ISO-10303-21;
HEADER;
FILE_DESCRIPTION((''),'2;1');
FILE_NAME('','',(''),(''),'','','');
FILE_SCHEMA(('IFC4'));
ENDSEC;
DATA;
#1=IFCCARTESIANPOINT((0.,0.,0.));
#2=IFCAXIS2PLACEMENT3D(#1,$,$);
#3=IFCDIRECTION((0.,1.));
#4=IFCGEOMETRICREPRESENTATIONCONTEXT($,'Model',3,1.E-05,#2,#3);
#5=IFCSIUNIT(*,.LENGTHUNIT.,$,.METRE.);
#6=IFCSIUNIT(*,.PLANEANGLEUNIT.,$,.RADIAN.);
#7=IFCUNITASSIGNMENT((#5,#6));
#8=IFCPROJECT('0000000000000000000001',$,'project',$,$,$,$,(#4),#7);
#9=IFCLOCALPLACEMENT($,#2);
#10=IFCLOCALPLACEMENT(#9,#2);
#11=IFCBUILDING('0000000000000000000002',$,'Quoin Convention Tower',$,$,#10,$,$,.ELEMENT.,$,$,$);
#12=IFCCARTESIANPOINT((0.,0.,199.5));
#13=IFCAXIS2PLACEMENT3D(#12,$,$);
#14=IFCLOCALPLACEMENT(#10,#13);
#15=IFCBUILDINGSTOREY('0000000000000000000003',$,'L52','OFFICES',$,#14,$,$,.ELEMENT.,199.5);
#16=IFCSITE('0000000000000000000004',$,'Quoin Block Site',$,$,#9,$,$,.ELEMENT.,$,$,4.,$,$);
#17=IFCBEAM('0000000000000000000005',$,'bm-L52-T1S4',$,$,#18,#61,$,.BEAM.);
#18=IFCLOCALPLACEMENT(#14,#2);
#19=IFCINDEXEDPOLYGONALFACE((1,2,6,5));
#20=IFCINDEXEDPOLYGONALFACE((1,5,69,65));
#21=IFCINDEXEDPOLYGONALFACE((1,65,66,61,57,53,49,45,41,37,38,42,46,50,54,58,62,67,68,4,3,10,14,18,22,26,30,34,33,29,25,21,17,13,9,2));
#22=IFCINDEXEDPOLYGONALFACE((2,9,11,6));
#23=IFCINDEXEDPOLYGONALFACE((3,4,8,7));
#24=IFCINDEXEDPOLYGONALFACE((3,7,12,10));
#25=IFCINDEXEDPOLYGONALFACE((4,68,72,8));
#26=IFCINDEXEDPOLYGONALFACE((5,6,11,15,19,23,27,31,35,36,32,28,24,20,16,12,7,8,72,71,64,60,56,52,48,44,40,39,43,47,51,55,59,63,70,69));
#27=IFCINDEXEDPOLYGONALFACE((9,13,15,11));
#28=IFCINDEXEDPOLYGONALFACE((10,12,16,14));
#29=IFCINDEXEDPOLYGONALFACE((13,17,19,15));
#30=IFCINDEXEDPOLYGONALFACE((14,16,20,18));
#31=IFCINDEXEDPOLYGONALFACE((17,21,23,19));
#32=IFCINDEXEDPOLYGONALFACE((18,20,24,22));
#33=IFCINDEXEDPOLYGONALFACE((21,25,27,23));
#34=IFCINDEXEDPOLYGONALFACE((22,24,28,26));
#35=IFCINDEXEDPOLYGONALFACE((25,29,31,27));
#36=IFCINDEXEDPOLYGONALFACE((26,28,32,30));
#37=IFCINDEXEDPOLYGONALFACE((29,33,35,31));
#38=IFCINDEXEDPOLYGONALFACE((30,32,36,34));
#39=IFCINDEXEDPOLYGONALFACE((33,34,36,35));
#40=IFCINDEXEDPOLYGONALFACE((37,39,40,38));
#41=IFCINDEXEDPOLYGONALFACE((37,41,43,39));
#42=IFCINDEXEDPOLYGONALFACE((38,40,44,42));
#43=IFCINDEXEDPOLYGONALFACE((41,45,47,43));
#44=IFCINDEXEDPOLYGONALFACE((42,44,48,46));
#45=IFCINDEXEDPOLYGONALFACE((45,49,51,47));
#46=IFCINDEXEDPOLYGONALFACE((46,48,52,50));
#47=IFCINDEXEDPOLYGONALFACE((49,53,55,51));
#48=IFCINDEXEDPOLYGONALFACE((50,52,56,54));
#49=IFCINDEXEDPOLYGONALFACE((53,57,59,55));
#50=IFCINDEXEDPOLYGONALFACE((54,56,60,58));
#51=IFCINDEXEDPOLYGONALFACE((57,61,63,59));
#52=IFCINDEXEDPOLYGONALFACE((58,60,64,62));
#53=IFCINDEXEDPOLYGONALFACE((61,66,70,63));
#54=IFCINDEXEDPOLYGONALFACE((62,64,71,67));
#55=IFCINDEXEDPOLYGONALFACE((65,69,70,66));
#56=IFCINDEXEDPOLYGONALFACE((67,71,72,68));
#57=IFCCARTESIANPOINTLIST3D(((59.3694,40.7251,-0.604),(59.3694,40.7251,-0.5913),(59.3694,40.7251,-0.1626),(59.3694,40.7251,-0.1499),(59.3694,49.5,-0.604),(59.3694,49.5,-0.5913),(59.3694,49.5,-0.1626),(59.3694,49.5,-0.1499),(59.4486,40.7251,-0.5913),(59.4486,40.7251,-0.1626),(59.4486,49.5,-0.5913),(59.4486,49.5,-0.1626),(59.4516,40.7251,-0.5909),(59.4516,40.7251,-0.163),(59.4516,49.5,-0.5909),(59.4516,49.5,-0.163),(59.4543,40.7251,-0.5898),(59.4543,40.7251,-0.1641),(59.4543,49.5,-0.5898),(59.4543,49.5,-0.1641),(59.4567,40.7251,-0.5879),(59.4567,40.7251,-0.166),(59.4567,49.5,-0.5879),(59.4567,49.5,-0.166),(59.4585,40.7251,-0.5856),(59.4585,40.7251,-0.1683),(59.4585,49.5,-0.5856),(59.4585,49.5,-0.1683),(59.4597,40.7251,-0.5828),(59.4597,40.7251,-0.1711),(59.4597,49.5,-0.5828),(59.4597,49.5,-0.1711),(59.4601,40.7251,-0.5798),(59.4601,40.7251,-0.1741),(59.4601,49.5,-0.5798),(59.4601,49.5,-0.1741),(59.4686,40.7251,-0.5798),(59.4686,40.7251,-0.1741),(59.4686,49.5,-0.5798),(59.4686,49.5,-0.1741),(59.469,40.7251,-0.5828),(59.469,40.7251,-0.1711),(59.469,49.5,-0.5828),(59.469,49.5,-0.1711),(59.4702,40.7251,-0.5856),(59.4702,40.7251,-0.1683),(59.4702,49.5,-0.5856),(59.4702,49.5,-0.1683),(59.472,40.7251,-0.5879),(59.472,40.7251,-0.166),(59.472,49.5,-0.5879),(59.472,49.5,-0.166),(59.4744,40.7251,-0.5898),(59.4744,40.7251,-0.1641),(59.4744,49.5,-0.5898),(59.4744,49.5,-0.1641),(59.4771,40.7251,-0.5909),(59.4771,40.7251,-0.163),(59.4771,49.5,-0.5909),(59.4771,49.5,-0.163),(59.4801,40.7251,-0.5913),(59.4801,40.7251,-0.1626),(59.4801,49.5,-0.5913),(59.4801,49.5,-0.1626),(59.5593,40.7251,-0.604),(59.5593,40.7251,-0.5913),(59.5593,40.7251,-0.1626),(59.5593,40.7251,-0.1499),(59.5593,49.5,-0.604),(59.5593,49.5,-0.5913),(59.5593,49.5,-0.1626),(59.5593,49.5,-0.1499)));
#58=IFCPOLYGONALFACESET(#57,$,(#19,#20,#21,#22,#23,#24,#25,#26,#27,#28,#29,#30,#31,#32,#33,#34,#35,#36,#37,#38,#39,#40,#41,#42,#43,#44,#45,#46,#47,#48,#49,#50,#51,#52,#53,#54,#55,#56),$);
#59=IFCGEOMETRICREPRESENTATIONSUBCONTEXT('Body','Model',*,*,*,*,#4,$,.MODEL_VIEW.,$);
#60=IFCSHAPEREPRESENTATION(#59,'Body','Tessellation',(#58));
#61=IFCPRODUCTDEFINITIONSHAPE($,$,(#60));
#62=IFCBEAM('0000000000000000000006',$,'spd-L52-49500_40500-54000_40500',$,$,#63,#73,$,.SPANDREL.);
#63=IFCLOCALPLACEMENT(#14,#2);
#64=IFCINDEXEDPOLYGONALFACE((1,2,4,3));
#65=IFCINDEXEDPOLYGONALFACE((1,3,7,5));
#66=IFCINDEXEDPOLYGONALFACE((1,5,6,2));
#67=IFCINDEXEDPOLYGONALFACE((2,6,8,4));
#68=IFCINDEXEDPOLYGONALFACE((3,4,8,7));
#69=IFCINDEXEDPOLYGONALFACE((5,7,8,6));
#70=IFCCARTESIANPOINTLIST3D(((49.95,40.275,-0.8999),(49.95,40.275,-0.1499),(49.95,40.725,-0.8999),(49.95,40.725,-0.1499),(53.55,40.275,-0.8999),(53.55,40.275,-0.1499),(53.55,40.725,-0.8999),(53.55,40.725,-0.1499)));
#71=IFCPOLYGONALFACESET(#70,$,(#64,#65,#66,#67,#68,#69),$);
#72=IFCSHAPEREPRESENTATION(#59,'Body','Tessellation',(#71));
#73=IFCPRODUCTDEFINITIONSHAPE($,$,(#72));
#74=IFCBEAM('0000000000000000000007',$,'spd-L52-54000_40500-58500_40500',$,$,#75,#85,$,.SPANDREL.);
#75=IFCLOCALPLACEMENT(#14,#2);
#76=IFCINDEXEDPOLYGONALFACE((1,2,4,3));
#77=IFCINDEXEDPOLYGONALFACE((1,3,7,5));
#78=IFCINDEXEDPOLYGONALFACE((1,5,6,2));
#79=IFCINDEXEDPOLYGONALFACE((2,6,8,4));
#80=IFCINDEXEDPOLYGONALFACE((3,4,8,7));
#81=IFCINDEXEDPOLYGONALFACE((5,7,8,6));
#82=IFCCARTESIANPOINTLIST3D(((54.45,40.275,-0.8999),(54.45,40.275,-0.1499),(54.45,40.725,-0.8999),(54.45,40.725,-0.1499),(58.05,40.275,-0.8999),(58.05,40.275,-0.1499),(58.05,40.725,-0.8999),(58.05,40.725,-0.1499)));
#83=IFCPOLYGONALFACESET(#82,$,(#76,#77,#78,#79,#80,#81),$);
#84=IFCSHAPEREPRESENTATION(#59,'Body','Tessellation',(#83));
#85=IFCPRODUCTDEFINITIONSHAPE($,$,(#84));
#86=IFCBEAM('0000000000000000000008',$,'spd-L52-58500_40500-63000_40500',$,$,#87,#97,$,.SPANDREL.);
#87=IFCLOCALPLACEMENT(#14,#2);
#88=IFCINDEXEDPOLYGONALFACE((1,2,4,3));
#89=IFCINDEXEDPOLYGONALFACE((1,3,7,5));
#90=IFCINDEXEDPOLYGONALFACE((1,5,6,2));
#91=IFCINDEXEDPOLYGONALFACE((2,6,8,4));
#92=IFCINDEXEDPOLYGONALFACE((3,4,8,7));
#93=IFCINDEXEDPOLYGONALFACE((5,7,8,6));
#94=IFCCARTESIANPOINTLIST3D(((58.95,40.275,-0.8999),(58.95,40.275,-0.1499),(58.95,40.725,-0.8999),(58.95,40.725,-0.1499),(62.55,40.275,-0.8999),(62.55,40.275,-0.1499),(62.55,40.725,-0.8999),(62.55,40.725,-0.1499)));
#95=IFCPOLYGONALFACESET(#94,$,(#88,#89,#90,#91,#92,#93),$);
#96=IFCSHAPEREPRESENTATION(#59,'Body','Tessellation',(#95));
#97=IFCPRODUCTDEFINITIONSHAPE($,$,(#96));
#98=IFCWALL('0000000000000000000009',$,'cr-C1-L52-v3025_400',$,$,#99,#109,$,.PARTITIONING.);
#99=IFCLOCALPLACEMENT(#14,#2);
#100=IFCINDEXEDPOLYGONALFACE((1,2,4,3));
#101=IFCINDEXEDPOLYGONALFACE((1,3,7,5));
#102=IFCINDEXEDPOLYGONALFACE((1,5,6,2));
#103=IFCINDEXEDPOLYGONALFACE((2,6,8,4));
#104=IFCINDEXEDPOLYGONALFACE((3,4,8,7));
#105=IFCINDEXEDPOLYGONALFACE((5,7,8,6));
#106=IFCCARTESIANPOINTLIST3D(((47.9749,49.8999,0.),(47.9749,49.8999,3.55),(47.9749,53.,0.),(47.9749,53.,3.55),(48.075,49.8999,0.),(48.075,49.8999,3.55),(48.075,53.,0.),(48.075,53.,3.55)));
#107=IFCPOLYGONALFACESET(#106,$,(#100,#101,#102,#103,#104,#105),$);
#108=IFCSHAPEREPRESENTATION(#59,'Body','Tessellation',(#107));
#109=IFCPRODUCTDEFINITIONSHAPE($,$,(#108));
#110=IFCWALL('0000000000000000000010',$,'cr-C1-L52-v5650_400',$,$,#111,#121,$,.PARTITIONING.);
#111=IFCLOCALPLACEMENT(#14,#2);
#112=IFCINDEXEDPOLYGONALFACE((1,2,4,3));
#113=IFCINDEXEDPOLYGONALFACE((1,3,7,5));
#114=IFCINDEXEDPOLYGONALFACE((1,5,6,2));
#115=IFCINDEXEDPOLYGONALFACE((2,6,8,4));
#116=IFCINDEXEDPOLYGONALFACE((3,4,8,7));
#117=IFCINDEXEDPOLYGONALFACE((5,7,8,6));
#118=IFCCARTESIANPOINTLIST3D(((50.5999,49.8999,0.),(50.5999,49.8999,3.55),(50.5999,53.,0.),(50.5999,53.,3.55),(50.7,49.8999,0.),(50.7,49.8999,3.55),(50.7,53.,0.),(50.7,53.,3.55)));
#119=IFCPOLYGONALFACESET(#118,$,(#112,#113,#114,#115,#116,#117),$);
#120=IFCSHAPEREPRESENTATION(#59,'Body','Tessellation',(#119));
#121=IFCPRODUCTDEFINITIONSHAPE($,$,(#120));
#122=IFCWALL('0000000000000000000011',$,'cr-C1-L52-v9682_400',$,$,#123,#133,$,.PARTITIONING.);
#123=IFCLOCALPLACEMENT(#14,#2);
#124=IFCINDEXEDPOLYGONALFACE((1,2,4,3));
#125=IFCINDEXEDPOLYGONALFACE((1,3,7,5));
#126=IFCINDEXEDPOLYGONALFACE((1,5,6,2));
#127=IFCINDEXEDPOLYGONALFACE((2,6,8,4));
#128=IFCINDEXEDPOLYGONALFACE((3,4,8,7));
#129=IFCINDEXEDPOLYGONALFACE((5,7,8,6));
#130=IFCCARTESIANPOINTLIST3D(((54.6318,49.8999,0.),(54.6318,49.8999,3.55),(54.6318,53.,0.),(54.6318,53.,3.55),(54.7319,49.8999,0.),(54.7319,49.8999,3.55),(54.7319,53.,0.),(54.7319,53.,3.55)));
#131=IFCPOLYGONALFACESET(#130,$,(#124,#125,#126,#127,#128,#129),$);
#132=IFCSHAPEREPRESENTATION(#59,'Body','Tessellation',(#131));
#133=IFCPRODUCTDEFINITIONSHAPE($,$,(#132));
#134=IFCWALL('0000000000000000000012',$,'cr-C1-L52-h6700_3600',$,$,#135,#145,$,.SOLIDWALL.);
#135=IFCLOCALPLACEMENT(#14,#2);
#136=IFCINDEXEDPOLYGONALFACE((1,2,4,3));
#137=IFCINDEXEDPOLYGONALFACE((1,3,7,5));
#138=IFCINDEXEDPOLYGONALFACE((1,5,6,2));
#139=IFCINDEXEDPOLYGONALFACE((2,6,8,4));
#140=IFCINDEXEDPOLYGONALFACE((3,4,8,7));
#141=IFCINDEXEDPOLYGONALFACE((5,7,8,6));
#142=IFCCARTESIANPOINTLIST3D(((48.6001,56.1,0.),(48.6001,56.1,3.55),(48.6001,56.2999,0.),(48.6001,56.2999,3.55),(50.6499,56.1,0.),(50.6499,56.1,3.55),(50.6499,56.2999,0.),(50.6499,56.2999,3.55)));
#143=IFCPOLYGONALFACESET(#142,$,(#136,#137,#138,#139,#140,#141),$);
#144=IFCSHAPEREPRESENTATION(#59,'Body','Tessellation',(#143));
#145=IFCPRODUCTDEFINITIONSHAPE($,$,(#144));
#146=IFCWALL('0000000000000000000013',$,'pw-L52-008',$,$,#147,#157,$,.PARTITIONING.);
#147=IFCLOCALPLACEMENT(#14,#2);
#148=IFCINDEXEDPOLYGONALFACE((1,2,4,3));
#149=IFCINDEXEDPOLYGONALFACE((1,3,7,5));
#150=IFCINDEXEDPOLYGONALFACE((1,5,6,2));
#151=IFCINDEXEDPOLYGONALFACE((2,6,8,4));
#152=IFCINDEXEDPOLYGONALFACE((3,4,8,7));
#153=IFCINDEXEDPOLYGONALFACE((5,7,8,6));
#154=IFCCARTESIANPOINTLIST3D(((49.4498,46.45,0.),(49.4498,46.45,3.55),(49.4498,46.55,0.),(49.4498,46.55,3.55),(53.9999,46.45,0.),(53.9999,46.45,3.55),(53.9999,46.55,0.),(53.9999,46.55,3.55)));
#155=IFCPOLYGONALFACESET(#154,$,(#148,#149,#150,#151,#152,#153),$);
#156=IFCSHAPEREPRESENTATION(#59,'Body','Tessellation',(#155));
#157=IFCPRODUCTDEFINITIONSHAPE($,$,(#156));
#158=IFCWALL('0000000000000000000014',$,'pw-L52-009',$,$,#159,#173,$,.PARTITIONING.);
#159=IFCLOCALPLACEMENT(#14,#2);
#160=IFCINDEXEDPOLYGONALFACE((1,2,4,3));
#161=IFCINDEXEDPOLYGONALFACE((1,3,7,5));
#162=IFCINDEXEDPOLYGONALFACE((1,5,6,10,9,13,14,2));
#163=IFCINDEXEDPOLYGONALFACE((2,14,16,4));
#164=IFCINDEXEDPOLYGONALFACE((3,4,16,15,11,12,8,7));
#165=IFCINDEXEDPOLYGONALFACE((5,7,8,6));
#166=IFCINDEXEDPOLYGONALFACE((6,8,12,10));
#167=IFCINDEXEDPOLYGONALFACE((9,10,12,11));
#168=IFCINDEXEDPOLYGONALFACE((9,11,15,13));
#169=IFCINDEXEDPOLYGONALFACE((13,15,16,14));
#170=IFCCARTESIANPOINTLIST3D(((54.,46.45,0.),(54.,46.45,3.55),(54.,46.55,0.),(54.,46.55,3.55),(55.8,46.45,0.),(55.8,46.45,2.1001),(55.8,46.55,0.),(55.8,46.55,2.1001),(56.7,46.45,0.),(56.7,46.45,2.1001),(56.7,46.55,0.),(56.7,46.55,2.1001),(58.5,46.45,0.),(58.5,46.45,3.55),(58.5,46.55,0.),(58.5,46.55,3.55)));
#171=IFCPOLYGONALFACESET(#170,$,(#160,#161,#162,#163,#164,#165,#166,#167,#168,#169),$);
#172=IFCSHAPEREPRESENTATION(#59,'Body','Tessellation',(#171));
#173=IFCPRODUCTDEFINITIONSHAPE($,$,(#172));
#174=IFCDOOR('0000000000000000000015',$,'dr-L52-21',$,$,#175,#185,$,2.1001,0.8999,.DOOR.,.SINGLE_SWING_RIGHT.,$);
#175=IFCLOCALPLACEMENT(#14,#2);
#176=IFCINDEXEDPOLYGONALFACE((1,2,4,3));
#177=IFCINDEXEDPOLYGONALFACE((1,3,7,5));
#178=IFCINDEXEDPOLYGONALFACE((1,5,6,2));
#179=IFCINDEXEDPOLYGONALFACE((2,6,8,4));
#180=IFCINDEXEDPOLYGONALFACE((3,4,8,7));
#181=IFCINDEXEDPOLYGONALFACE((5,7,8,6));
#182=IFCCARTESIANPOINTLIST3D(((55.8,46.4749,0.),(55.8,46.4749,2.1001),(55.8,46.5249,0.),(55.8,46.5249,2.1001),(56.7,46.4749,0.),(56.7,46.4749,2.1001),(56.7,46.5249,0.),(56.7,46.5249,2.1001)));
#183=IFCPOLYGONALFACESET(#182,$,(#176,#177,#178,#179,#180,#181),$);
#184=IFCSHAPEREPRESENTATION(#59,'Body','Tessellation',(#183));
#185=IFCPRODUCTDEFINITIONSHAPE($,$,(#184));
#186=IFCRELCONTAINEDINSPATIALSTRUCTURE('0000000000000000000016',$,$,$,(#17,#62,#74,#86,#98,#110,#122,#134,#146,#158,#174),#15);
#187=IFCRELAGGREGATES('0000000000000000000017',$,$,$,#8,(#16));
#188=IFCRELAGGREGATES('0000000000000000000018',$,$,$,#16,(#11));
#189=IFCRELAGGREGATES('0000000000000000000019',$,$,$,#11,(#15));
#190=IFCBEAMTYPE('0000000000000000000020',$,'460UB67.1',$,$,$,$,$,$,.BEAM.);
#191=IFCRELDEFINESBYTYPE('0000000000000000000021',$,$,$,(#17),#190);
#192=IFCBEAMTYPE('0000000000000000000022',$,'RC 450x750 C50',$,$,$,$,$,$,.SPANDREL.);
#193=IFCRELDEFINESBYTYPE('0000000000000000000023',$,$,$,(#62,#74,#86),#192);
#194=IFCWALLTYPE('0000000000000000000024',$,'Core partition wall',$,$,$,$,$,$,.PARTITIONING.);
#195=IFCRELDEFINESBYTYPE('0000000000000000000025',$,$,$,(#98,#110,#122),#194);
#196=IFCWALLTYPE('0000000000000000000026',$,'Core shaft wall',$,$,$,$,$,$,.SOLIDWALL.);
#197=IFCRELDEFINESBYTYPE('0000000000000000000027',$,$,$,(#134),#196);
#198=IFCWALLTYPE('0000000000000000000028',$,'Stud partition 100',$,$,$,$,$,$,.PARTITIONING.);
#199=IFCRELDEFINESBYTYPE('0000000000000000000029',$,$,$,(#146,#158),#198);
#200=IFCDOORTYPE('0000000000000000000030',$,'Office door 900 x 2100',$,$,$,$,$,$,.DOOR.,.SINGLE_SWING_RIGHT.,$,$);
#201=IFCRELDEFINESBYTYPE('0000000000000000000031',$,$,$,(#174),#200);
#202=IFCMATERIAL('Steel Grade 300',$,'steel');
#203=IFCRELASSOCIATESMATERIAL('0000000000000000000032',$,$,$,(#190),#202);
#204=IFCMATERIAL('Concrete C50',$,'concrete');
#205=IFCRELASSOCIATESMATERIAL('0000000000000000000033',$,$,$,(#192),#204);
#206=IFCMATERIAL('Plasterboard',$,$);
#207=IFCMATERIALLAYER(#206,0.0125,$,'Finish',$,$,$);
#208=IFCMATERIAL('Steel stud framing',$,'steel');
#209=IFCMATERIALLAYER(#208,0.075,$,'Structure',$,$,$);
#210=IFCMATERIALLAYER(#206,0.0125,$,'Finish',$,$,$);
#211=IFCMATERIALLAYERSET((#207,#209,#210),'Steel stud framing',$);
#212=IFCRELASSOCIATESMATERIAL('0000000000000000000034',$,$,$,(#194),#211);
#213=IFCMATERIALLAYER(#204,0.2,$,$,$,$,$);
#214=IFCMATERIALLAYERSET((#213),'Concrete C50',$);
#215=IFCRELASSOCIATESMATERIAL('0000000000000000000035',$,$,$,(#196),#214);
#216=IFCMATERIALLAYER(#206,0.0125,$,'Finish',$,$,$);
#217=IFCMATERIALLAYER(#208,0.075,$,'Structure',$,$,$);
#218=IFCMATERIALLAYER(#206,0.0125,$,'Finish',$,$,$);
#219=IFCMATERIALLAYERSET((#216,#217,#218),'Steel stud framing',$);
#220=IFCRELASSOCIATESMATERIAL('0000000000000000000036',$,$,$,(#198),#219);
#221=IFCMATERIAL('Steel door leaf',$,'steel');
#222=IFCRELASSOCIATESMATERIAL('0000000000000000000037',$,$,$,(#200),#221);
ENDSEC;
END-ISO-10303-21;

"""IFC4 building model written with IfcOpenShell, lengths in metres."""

from ifc_helpers import new_model, si_unit, direction, frame, frame_2d, origin, origin_2d, place, context, subcontext, project, spatial, rectangle, i_section, extrude, material, layer, layer_set, material_profile, profile_set, type_object, element, fill, save


model = new_model("IFC4")

# Units and contexts
model_context = context("Model", 3, precision=1e-05, world=origin(), true_north=direction((0.0, 1.0)))
body_context = subcontext(model_context, "Body", "Model", "MODEL_VIEW")
ifc_project = project(units=[si_unit("LENGTHUNIT", "METRE"), si_unit("PLANEANGLEUNIT", "RADIAN")], contexts=[model_context])

# Site, building, storey
site_placement = place(None, origin())
site = spatial("IfcSite", under=ifc_project, at=site_placement, Name="Quoin Block Site", CompositionType="ELEMENT", RefElevation=4.0)
building_placement = place(site_placement, origin())
building = spatial("IfcBuilding", under=site, at=building_placement, Name="Quoin Convention Tower", CompositionType="ELEMENT")
storey_placement = place(building_placement, frame((0.0, 0.0, 199.5)))
storey = spatial("IfcBuildingStorey", under=building, at=storey_placement, Name="L52", Description="OFFICES", CompositionType="ELEMENT", Elevation=199.5)

# Shared definitions
ifc_material_1 = material(Name="Concrete C50", Category="concrete")

# Beams
ifc_material_2 = material(Name="Steel Grade 300", Category="steel")
ifc_material_profile_1 = material_profile(ifc_material_2, i_section(OverallWidth=0.1899, OverallDepth=0.4541, WebThickness=0.0085, FlangeThickness=0.0127, FilletRadius=0.0115, at=origin_2d()), Name="460UB67.1")
ifc_profile_set_1 = profile_set([ifc_material_profile_1], Name="Steel Grade 300")
beam_type_1 = type_object("IfcBeamType", Name="460UB67.1", PredefinedType="BEAM", material=ifc_profile_set_1)
for number, where, z_axis, x_axis, name in (
    (1, (59.4644, 40.7251, -0.377), (0.0, 1.0, 0.0), (-1.0, 0.0, 0.0), "bm-L52-T1S4"),
):
    element("IfcBeam", number, at=place(storey_placement, frame(where, z_axis=z_axis, x_axis=x_axis)), inside=storey, type_object=beam_type_1, Name=name, PredefinedType="BEAM", context=body_context, shape_type="SweptSolid", body=[
        extrude(i_section(OverallWidth=0.1899, OverallDepth=0.4541, WebThickness=0.0085, FlangeThickness=0.0127, FilletRadius=0.0115, at=origin_2d()), origin(), (0.0, 0.0, 1.0), 8.7749),
    ])
ifc_material_profile_2 = material_profile(ifc_material_1, rectangle(XDim=0.45, YDim=0.75, at=origin_2d()), Name="RC 450x750")
ifc_profile_set_2 = profile_set([ifc_material_profile_2], Name="Concrete C50")
beam_type_2 = type_object("IfcBeamType", Name="RC 450x750 C50", PredefinedType="SPANDREL", material=ifc_profile_set_2)
for number, where, z_axis, x_axis, name in (
    (2, (49.95, 40.5, -0.5249), (1.0, 0.0, 0.0), (0.0, 1.0, 0.0), "spd-L52-49500_40500-54000_40500"),
    (3, (54.45, 40.5, -0.5249), (1.0, 0.0, 0.0), (0.0, 1.0, 0.0), "spd-L52-54000_40500-58500_40500"),
    (4, (58.95, 40.5, -0.5249), (1.0, 0.0, 0.0), (0.0, 1.0, 0.0), "spd-L52-58500_40500-63000_40500"),
):
    element("IfcBeam", number, at=place(storey_placement, frame(where, z_axis=z_axis, x_axis=x_axis)), inside=storey, type_object=beam_type_2, Name=name, PredefinedType="SPANDREL", context=body_context, shape_type="SweptSolid", body=[
        extrude(rectangle(XDim=0.45, YDim=0.75, at=origin_2d()), origin(), (0.0, 0.0, 1.0), 3.6001),
    ])

# Walls
ifc_material_3 = material(Name="Plasterboard")
ifc_layer_1 = layer(ifc_material_3, 0.0125, Name="Finish")
ifc_material_4 = material(Name="Steel stud framing", Category="steel")
ifc_layer_2 = layer(ifc_material_4, 0.075, Name="Structure")
ifc_layer_3 = layer(ifc_material_3, 0.0125, Name="Finish")
ifc_layer_set_1 = layer_set([ifc_layer_1, ifc_layer_2, ifc_layer_3], Name="Steel stud framing")
wall_type_1 = type_object("IfcWallType", Name="Core partition wall", PredefinedType="PARTITIONING", material=ifc_layer_set_1)
for number, where, z_axis, x_axis, name in (
    (5, (48.0249, 49.8999, 0.0), (0.0, 0.0, 1.0), (0.0, 1.0, 0.0), "cr-C1-L52-v3025_400"),
    (6, (50.6499, 49.8999, 0.0), (0.0, 0.0, 1.0), (0.0, 1.0, 0.0), "cr-C1-L52-v5650_400"),
    (7, (54.6819, 49.8999, 0.0), (0.0, 0.0, 1.0), (0.0, 1.0, 0.0), "cr-C1-L52-v9682_400"),
):
    element("IfcWall", number, at=place(storey_placement, frame(where, z_axis=z_axis, x_axis=x_axis)), inside=storey, type_object=wall_type_1, Name=name, PredefinedType="PARTITIONING", context=body_context, shape_type="SweptSolid", body=[
        extrude(rectangle(XDim=3.1001, YDim=0.1001, at=frame_2d((1.55, 0.0))), origin(), (0.0, 0.0, 1.0), 3.55),
    ])
ifc_layer_4 = layer(ifc_material_1, 0.2)
ifc_layer_set_2 = layer_set([ifc_layer_4], Name="Concrete C50")
wall_type_2 = type_object("IfcWallType", Name="Core shaft wall", PredefinedType="SOLIDWALL", material=ifc_layer_set_2)
wall_1_placement = place(storey_placement, frame((48.6001, 56.2, 0.0), z_axis=(0.0, 0.0, 1.0), x_axis=(1.0, 0.0, 0.0)))
element("IfcWall", 8, at=wall_1_placement, inside=storey, type_object=wall_type_2, Name="cr-C1-L52-h6700_3600", PredefinedType="SOLIDWALL", context=body_context, shape_type="SweptSolid", body=[
    extrude(rectangle(XDim=2.0498, YDim=0.2, at=frame_2d((1.0249, 0.0))), origin(), (0.0, 0.0, 1.0), 3.55),
])
ifc_layer_5 = layer(ifc_material_3, 0.0125, Name="Finish")
ifc_layer_6 = layer(ifc_material_4, 0.075, Name="Structure")
ifc_layer_7 = layer(ifc_material_3, 0.0125, Name="Finish")
ifc_layer_set_3 = layer_set([ifc_layer_5, ifc_layer_6, ifc_layer_7], Name="Steel stud framing")
wall_type_3 = type_object("IfcWallType", Name="Stud partition 100", PredefinedType="PARTITIONING", material=ifc_layer_set_3)
wall_2_placement = place(storey_placement, frame((49.45, 46.5, 0.0), z_axis=(0.0, 0.0, 1.0), x_axis=(1.0, 0.0, 0.0)))
element("IfcWall", 9, at=wall_2_placement, inside=storey, type_object=wall_type_3, Name="pw-L52-008", PredefinedType="PARTITIONING", context=body_context, shape_type="SweptSolid", body=[
    extrude(rectangle(XDim=4.55, YDim=0.1001, at=frame_2d((2.2749, 0.0))), origin(), (0.0, 0.0, 1.0), 3.55),
])

# Wall, opening, door
wall_3_placement = place(storey_placement, frame((54.0, 46.5, 0.0), z_axis=(0.0, 0.0, 1.0), x_axis=(1.0, 0.0, 0.0)))
wall_3 = element("IfcWall", 10, at=wall_3_placement, inside=storey, type_object=wall_type_3, Name="pw-L52-009", PredefinedType="PARTITIONING", context=body_context, shape_type="SweptSolid", body=[
    extrude(rectangle(XDim=4.5, YDim=0.1001, at=frame_2d((2.25, 0.0))), origin(), (0.0, 0.0, 1.0), 3.55),
])
opening_1_placement = place(wall_3_placement, frame((1.8, 0.0, 0.0)))
opening_1 = element("IfcOpeningElement", 11, at=opening_1_placement, cuts=wall_3, PredefinedType="OPENING", context=body_context, shape_type="SweptSolid", body=[
    extrude(rectangle(XDim=0.8999, YDim=2.1001, at=frame_2d((0.45, 1.05))), frame((0.0, 0.0601, 0.0), z_axis=(0.0, -1.0, 0.0), x_axis=(1.0, 0.0, 0.0)), (0.0, 0.0, 1.0), 0.1201),
])
ifc_material_5 = material(Name="Steel door leaf", Category="steel")
door_type = type_object("IfcDoorType", Name="Office door 900 x 2100", OperationType="SINGLE_SWING_RIGHT", PredefinedType="DOOR", material=ifc_material_5)
door_1_placement = place(opening_1_placement, origin())
door_1 = element("IfcDoor", 12, at=door_1_placement, inside=storey, type_object=door_type, Name="dr-L52-21", OperationType="SINGLE_SWING_RIGHT", OverallHeight=2.1001, OverallWidth=0.8999, PredefinedType="DOOR", context=body_context, shape_type="SweptSolid", body=[
    extrude(rectangle(XDim=0.8999, YDim=2.1001, at=frame_2d((0.45, 1.05))), frame((0.0, 0.0249, 0.0), z_axis=(0.0, -1.0, 0.0), x_axis=(1.0, 0.0, 0.0)), (0.0, 0.0, 1.0), 0.05),
])
fill(opening_1, door_1)

save(model, "model.ifc")
